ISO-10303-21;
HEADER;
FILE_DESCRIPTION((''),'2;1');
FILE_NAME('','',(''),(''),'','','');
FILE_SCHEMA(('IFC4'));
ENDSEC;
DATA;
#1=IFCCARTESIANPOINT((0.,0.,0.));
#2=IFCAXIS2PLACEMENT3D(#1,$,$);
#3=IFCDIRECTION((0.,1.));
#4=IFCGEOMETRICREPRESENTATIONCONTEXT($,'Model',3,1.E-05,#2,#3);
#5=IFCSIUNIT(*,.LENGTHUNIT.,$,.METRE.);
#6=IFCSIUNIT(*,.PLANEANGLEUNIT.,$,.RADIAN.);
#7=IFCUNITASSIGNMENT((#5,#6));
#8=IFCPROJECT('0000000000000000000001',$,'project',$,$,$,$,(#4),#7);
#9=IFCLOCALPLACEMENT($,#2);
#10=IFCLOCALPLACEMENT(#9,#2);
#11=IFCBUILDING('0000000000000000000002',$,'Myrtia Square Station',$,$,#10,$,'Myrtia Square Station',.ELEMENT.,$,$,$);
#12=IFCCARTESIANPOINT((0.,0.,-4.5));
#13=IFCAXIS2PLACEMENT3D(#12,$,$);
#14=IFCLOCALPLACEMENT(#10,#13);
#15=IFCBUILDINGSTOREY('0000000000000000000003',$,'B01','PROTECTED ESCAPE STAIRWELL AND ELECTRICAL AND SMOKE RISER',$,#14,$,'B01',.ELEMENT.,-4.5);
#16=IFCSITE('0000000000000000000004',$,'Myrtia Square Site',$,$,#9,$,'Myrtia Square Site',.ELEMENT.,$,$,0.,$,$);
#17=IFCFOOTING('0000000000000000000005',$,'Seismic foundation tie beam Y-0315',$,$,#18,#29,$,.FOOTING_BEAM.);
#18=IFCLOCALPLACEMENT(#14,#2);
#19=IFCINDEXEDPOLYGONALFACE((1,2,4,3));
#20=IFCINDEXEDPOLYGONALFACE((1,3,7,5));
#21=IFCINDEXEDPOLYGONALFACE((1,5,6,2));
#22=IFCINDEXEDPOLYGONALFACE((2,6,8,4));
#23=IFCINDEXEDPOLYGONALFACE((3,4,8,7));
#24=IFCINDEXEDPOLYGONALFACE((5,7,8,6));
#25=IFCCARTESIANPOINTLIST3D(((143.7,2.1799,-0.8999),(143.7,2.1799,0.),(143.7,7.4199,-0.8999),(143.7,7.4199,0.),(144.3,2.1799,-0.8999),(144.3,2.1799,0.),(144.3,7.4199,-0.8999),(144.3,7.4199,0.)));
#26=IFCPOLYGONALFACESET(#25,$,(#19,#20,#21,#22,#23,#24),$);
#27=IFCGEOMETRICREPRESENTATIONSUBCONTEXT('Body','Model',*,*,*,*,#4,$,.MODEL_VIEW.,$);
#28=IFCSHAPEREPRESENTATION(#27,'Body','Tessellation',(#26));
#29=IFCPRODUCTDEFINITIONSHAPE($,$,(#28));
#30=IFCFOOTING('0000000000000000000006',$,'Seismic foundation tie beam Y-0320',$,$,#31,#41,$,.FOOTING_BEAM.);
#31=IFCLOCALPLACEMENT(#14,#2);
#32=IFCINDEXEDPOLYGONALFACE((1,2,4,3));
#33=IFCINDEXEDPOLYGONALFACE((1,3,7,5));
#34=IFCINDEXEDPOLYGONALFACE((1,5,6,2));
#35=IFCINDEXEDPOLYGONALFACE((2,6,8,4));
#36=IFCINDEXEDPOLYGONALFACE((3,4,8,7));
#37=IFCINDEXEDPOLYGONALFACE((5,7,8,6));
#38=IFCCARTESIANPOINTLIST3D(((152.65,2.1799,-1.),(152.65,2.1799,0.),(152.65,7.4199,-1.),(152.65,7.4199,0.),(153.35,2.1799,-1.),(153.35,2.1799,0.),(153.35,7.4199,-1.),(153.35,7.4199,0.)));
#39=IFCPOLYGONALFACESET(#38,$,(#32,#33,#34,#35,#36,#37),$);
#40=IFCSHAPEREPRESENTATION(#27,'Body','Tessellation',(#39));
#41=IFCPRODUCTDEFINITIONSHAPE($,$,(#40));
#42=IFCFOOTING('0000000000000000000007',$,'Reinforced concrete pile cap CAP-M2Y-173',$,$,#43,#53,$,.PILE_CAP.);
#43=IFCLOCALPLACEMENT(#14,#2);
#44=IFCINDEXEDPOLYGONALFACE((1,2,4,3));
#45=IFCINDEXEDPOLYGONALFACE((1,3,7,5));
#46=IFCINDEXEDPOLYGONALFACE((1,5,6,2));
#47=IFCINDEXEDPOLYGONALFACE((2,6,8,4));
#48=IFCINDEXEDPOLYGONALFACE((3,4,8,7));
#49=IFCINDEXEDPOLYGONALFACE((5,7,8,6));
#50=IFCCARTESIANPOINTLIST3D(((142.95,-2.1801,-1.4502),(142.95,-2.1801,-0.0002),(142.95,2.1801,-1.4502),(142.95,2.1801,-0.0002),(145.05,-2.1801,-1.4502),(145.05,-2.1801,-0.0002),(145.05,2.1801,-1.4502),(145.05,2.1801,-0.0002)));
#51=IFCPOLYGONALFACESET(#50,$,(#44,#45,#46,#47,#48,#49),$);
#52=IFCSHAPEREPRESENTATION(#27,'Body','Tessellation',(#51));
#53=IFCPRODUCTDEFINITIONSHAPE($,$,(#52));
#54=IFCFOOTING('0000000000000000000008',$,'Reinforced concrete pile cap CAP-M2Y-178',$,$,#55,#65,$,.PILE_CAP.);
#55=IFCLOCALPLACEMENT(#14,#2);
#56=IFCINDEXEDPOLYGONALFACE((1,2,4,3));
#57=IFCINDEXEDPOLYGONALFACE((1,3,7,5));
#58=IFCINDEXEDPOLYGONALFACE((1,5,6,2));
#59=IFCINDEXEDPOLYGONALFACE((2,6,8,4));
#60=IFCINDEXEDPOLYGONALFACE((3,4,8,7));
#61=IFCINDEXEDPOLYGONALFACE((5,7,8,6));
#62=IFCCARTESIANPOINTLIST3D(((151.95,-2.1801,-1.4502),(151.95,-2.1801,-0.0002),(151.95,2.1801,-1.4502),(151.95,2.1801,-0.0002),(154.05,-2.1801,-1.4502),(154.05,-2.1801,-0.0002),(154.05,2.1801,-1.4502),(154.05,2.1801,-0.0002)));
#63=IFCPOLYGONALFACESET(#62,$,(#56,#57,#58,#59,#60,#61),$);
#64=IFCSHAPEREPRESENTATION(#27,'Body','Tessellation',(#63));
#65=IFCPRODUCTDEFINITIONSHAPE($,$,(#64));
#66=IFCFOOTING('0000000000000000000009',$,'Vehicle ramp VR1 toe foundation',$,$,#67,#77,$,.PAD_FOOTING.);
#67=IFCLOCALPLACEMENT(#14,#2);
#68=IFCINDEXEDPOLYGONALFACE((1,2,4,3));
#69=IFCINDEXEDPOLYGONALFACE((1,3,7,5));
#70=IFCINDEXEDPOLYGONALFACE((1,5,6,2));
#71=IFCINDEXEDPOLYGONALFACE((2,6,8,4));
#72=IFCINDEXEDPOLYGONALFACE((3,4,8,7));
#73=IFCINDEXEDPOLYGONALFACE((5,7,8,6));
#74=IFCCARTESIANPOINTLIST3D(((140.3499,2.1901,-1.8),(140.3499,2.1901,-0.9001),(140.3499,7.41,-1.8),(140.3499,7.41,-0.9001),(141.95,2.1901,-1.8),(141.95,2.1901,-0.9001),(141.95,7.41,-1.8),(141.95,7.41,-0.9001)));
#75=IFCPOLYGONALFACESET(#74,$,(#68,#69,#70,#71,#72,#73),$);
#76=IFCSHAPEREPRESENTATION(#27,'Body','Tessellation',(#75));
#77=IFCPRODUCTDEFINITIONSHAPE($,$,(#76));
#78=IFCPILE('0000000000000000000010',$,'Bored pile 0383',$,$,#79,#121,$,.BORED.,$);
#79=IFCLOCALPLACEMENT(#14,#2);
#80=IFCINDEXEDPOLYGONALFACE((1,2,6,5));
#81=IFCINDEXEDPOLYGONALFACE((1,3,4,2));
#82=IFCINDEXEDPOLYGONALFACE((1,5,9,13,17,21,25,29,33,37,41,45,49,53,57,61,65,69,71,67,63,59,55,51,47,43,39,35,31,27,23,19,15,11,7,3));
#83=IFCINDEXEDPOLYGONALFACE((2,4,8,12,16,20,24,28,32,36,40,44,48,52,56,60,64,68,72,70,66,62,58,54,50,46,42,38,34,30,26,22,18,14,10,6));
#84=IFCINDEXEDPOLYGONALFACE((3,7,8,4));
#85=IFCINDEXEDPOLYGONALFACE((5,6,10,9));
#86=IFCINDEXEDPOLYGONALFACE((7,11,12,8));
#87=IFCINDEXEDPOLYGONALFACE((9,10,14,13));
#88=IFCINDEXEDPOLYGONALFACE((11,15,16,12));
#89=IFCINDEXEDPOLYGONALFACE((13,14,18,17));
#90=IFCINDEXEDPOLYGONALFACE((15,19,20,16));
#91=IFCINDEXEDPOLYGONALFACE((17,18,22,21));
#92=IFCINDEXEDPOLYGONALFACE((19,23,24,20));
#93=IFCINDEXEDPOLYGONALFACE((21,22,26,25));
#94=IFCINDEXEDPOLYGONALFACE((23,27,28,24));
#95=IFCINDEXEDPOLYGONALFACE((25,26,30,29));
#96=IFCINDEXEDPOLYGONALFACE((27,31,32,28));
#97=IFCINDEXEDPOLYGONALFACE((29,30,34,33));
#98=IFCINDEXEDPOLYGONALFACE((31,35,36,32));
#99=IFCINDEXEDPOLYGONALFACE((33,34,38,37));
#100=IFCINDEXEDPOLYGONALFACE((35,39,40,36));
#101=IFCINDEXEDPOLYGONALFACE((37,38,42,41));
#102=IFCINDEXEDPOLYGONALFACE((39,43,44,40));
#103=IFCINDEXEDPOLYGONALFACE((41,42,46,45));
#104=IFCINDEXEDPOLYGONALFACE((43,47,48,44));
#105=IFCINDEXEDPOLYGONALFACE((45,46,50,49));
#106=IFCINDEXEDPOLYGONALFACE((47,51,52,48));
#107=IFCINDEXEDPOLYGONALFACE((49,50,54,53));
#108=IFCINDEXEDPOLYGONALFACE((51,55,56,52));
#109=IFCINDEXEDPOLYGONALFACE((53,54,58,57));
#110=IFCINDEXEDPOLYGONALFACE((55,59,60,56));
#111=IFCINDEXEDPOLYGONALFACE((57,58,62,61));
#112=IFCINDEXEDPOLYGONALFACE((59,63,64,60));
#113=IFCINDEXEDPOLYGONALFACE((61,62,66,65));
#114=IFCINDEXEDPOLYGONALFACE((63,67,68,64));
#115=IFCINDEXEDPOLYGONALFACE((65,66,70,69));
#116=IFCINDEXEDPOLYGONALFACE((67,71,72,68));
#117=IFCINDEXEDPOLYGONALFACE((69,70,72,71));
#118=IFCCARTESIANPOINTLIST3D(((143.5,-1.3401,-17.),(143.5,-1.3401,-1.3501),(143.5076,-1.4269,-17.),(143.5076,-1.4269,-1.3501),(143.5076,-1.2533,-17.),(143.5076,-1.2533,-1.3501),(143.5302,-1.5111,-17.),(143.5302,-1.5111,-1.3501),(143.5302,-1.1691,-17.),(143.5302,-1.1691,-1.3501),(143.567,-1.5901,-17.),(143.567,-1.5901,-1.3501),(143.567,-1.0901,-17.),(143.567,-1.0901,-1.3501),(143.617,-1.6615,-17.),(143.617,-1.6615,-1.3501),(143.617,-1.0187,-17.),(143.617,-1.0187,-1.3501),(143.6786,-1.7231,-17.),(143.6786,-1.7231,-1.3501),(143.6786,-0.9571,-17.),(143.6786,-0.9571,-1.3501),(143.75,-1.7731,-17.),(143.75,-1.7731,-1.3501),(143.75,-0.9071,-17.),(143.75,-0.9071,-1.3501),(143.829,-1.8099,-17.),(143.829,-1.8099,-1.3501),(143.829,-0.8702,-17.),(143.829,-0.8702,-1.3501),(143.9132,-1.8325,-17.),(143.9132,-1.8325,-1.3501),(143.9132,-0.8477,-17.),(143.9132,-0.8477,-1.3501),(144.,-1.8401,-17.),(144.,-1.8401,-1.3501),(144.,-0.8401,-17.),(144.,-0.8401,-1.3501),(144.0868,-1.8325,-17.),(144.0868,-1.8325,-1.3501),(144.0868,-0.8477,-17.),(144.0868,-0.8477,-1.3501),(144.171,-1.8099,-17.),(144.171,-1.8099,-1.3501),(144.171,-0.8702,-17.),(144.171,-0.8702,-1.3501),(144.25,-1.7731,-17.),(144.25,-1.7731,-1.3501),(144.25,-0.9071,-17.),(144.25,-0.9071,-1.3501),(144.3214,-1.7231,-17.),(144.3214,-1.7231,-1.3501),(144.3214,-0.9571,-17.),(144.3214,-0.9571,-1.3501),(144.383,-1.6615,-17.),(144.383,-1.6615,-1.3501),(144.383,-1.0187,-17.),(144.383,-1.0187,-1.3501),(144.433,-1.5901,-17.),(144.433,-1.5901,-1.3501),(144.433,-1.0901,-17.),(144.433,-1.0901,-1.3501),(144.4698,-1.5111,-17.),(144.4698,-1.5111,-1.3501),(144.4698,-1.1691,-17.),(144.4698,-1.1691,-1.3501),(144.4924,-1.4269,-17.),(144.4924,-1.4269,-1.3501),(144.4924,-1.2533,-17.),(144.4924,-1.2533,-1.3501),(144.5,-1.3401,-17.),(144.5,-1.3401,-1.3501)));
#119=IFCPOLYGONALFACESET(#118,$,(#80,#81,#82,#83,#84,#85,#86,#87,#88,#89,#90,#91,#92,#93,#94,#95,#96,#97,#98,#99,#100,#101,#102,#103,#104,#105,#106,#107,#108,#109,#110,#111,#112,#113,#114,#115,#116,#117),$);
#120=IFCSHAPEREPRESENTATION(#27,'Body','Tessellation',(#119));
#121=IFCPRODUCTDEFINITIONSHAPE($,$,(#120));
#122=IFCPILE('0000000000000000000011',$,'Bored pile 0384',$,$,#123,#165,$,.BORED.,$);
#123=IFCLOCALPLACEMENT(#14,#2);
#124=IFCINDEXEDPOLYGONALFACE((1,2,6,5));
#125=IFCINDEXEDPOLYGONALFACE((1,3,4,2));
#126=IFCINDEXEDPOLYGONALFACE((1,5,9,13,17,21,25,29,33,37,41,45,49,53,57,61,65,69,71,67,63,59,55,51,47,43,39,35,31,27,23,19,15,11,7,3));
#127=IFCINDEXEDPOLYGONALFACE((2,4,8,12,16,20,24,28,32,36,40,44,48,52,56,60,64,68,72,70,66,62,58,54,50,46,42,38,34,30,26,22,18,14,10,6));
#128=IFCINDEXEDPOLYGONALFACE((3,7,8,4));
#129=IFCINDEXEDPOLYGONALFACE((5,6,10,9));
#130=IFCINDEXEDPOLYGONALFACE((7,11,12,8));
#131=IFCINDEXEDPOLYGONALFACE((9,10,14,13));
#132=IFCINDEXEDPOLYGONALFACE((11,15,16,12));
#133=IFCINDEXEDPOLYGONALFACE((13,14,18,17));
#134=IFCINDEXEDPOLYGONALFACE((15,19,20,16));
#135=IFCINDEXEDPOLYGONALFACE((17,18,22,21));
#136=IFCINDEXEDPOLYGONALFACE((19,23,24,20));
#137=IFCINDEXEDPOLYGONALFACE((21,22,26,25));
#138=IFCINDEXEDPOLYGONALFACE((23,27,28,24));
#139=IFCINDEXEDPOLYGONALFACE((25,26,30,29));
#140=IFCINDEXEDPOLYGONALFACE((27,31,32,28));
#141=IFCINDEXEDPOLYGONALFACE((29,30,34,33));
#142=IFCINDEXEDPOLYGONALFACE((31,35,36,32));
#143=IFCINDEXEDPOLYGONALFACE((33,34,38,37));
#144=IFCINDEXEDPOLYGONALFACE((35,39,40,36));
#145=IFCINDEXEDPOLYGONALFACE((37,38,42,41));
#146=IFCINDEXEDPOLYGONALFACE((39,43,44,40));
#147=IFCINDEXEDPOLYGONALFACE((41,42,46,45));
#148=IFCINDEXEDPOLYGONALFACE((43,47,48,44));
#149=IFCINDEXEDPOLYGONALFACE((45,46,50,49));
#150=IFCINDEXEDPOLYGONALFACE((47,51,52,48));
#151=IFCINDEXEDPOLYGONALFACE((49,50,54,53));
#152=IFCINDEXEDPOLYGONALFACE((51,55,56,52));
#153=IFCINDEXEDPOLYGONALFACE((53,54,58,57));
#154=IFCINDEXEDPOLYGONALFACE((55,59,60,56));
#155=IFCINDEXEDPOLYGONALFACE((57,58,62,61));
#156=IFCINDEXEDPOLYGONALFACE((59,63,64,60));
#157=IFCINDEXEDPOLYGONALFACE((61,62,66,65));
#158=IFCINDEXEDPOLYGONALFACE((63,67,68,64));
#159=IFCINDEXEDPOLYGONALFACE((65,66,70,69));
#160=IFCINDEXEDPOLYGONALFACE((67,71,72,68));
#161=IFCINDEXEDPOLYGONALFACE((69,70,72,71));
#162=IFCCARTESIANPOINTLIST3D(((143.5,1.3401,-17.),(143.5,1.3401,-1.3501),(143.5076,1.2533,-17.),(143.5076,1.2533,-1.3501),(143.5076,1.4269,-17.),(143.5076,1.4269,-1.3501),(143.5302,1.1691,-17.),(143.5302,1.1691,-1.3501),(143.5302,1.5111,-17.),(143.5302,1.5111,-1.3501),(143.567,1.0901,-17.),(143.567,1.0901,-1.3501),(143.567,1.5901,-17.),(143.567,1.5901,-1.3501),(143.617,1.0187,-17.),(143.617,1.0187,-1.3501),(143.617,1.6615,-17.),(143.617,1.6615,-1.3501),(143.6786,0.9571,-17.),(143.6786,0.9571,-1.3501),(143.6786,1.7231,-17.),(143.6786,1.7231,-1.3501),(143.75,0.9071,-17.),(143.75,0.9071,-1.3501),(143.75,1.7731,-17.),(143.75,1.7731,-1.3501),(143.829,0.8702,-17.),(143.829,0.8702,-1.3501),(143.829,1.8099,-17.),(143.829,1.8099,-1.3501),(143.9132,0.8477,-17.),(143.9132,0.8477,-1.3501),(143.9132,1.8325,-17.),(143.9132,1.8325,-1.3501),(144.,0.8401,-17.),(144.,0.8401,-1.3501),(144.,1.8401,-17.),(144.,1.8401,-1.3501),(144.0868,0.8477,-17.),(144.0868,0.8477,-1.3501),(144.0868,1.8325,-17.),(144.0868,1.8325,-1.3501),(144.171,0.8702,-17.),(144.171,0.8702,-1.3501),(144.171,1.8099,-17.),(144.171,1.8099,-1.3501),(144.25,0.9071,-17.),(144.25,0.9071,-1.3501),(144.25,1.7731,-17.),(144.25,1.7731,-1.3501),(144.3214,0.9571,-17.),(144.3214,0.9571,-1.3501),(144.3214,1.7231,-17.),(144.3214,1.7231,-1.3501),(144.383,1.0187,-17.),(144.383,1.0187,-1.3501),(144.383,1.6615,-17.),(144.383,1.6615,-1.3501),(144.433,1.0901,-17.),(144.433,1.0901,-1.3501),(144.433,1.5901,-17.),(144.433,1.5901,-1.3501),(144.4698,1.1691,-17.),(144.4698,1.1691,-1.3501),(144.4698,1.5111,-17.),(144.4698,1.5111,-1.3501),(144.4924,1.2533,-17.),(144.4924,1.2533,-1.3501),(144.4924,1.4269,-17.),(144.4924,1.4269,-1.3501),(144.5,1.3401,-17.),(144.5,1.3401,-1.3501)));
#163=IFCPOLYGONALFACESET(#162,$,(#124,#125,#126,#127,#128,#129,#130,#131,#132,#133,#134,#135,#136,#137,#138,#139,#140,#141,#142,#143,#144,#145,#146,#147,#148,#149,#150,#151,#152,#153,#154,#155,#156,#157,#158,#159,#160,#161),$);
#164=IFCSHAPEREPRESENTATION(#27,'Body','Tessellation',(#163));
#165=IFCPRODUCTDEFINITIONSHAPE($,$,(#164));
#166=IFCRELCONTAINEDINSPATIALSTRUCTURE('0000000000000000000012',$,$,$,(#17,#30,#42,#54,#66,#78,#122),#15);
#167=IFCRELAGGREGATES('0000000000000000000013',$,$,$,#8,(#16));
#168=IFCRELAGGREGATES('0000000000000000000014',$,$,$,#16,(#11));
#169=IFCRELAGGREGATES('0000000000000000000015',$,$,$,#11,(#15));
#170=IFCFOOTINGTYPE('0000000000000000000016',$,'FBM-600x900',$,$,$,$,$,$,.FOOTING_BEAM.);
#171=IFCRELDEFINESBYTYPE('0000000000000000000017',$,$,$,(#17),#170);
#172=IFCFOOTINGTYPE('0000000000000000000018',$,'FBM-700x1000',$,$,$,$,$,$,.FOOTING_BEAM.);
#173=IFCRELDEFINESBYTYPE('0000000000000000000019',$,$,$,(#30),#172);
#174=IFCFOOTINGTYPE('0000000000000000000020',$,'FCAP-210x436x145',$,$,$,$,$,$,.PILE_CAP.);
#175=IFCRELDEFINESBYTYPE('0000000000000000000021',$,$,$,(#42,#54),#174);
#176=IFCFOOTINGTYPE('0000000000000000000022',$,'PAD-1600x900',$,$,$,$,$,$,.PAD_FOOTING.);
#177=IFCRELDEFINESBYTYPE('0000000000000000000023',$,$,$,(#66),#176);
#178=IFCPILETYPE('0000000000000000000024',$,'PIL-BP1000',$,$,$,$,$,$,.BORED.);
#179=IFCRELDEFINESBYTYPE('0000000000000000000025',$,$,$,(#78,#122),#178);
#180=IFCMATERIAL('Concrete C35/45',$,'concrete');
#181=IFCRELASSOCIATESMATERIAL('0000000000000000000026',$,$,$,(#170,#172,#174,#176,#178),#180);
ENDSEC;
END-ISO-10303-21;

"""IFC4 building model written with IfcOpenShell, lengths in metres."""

from ifc_helpers import new_model, si_unit, direction, frame, origin, origin_2d, place, context, subcontext, project, spatial, rectangle, circle, extrude, material, material_profile, profile_set, type_object, element, save


model = new_model("IFC4")

# Units and contexts
model_context = context("Model", 3, precision=1e-05, world=origin(), true_north=direction((0.0, 1.0)))
body_context = subcontext(model_context, "Body", "Model", "MODEL_VIEW")
ifc_project = project(units=[si_unit("LENGTHUNIT", "METRE"), si_unit("PLANEANGLEUNIT", "RADIAN")], contexts=[model_context])

# Site, building, storey
site_placement = place(None, origin())
site = spatial("IfcSite", under=ifc_project, at=site_placement, Name="Myrtia Square Site", LongName="Myrtia Square Site", CompositionType="ELEMENT", RefElevation=0.0)
building_placement = place(site_placement, origin())
building = spatial("IfcBuilding", under=site, at=building_placement, Name="Myrtia Square Station", LongName="Myrtia Square Station", CompositionType="ELEMENT")
storey_placement = place(building_placement, frame((0.0, 0.0, -4.5)))
storey = spatial("IfcBuildingStorey", under=building, at=storey_placement, Name="B01", Description="PROTECTED ESCAPE STAIRWELL AND ELECTRICAL AND SMOKE RISER", LongName="B01", CompositionType="ELEMENT", Elevation=-4.5)

# Footings
ifc_material_1 = material(Name="Concrete C35/45", Category="concrete")
ifc_material_profile_1 = material_profile(ifc_material_1, rectangle(XDim=0.6001, YDim=0.8999, at=origin_2d()), Name="FB 600x900")
ifc_profile_set_1 = profile_set([ifc_material_profile_1], Name="Concrete C35/45")
footing_type_1 = type_object("IfcFootingType", Name="FBM-600x900", PredefinedType="FOOTING_BEAM", material=ifc_profile_set_1)
footing_1_placement = place(storey_placement, frame((144.0, 2.1799, -0.45), z_axis=(0.0, 1.0, 0.0), x_axis=(-1.0, 0.0, 0.0)))
element("IfcFooting", 1, at=footing_1_placement, inside=storey, type_object=footing_type_1, Name="Seismic foundation tie beam Y-0315", PredefinedType="FOOTING_BEAM", context=body_context, shape_type="SweptSolid", body=[
    extrude(rectangle(XDim=0.6001, YDim=0.8999, at=origin_2d()), origin(), (0.0, 0.0, 1.0), 5.24),
])
ifc_material_profile_2 = material_profile(ifc_material_1, rectangle(XDim=0.7, YDim=1.0, at=origin_2d()), Name="FB 700x1000")
ifc_profile_set_2 = profile_set([ifc_material_profile_2], Name="Concrete C35/45")
footing_type_2 = type_object("IfcFootingType", Name="FBM-700x1000", PredefinedType="FOOTING_BEAM", material=ifc_profile_set_2)
footing_2_placement = place(storey_placement, frame((153.0, 2.1799, -0.5), z_axis=(0.0, 1.0, 0.0), x_axis=(-1.0, 0.0, 0.0)))
element("IfcFooting", 2, at=footing_2_placement, inside=storey, type_object=footing_type_2, Name="Seismic foundation tie beam Y-0320", PredefinedType="FOOTING_BEAM", context=body_context, shape_type="SweptSolid", body=[
    extrude(rectangle(XDim=0.7, YDim=1.0, at=origin_2d()), origin(), (0.0, 0.0, 1.0), 5.24),
])
footing_type_3 = type_object("IfcFootingType", Name="FCAP-210x436x145", PredefinedType="PILE_CAP", material=ifc_material_1)
for number, where, z_axis, x_axis, name in (
    (3, (144.0, 0.0, -1.4502), (0.0, 0.0, 1.0), (1.0, 0.0, 0.0), "Reinforced concrete pile cap CAP-M2Y-173"),
    (4, (153.0, 0.0, -1.4502), (0.0, 0.0, 1.0), (1.0, 0.0, 0.0), "Reinforced concrete pile cap CAP-M2Y-178"),
):
    element("IfcFooting", number, at=place(storey_placement, frame(where, z_axis=z_axis, x_axis=x_axis)), inside=storey, type_object=footing_type_3, Name=name, PredefinedType="PILE_CAP", context=body_context, shape_type="SweptSolid", body=[
        extrude(rectangle(XDim=2.1001, YDim=4.3601, at=origin_2d()), origin(), (0.0, 0.0, 1.0), 1.45),
    ])
footing_type_4 = type_object("IfcFootingType", Name="PAD-1600x900", PredefinedType="PAD_FOOTING", material=ifc_material_1)
footing_3_placement = place(storey_placement, frame((141.1499, 4.8, -1.8), z_axis=(0.0, 0.0, 1.0), x_axis=(1.0, 0.0, 0.0)))
element("IfcFooting", 5, at=footing_3_placement, inside=storey, type_object=footing_type_4, Name="Vehicle ramp VR1 toe foundation", PredefinedType="PAD_FOOTING", context=body_context, shape_type="SweptSolid", body=[
    extrude(rectangle(XDim=1.6001, YDim=5.22, at=origin_2d()), origin(), (0.0, 0.0, 1.0), 0.8999),
])

# Piles
ifc_material_profile_3 = material_profile(ifc_material_1, circle(Radius=0.5, at=origin_2d()), Name="BP D1000")
ifc_profile_set_3 = profile_set([ifc_material_profile_3], Name="Concrete C35/45")
pile_type = type_object("IfcPileType", Name="PIL-BP1000", PredefinedType="BORED", material=ifc_profile_set_3)
for number, where, z_axis, x_axis, name in (
    (6, (144.0, -1.3401, -1.3501), (0.0, 0.0, -1.0), (1.0, 0.0, 0.0), "Bored pile 0383"),
    (7, (144.0, 1.3401, -1.3501), (0.0, 0.0, -1.0), (1.0, 0.0, 0.0), "Bored pile 0384"),
):
    element("IfcPile", number, at=place(storey_placement, frame(where, z_axis=z_axis, x_axis=x_axis)), inside=storey, type_object=pile_type, Name=name, PredefinedType="BORED", context=body_context, shape_type="SweptSolid", body=[
        extrude(circle(Radius=0.5, at=origin_2d()), origin(), (0.0, 0.0, 1.0), 15.6499),
    ])

save(model, "model.ifc")
